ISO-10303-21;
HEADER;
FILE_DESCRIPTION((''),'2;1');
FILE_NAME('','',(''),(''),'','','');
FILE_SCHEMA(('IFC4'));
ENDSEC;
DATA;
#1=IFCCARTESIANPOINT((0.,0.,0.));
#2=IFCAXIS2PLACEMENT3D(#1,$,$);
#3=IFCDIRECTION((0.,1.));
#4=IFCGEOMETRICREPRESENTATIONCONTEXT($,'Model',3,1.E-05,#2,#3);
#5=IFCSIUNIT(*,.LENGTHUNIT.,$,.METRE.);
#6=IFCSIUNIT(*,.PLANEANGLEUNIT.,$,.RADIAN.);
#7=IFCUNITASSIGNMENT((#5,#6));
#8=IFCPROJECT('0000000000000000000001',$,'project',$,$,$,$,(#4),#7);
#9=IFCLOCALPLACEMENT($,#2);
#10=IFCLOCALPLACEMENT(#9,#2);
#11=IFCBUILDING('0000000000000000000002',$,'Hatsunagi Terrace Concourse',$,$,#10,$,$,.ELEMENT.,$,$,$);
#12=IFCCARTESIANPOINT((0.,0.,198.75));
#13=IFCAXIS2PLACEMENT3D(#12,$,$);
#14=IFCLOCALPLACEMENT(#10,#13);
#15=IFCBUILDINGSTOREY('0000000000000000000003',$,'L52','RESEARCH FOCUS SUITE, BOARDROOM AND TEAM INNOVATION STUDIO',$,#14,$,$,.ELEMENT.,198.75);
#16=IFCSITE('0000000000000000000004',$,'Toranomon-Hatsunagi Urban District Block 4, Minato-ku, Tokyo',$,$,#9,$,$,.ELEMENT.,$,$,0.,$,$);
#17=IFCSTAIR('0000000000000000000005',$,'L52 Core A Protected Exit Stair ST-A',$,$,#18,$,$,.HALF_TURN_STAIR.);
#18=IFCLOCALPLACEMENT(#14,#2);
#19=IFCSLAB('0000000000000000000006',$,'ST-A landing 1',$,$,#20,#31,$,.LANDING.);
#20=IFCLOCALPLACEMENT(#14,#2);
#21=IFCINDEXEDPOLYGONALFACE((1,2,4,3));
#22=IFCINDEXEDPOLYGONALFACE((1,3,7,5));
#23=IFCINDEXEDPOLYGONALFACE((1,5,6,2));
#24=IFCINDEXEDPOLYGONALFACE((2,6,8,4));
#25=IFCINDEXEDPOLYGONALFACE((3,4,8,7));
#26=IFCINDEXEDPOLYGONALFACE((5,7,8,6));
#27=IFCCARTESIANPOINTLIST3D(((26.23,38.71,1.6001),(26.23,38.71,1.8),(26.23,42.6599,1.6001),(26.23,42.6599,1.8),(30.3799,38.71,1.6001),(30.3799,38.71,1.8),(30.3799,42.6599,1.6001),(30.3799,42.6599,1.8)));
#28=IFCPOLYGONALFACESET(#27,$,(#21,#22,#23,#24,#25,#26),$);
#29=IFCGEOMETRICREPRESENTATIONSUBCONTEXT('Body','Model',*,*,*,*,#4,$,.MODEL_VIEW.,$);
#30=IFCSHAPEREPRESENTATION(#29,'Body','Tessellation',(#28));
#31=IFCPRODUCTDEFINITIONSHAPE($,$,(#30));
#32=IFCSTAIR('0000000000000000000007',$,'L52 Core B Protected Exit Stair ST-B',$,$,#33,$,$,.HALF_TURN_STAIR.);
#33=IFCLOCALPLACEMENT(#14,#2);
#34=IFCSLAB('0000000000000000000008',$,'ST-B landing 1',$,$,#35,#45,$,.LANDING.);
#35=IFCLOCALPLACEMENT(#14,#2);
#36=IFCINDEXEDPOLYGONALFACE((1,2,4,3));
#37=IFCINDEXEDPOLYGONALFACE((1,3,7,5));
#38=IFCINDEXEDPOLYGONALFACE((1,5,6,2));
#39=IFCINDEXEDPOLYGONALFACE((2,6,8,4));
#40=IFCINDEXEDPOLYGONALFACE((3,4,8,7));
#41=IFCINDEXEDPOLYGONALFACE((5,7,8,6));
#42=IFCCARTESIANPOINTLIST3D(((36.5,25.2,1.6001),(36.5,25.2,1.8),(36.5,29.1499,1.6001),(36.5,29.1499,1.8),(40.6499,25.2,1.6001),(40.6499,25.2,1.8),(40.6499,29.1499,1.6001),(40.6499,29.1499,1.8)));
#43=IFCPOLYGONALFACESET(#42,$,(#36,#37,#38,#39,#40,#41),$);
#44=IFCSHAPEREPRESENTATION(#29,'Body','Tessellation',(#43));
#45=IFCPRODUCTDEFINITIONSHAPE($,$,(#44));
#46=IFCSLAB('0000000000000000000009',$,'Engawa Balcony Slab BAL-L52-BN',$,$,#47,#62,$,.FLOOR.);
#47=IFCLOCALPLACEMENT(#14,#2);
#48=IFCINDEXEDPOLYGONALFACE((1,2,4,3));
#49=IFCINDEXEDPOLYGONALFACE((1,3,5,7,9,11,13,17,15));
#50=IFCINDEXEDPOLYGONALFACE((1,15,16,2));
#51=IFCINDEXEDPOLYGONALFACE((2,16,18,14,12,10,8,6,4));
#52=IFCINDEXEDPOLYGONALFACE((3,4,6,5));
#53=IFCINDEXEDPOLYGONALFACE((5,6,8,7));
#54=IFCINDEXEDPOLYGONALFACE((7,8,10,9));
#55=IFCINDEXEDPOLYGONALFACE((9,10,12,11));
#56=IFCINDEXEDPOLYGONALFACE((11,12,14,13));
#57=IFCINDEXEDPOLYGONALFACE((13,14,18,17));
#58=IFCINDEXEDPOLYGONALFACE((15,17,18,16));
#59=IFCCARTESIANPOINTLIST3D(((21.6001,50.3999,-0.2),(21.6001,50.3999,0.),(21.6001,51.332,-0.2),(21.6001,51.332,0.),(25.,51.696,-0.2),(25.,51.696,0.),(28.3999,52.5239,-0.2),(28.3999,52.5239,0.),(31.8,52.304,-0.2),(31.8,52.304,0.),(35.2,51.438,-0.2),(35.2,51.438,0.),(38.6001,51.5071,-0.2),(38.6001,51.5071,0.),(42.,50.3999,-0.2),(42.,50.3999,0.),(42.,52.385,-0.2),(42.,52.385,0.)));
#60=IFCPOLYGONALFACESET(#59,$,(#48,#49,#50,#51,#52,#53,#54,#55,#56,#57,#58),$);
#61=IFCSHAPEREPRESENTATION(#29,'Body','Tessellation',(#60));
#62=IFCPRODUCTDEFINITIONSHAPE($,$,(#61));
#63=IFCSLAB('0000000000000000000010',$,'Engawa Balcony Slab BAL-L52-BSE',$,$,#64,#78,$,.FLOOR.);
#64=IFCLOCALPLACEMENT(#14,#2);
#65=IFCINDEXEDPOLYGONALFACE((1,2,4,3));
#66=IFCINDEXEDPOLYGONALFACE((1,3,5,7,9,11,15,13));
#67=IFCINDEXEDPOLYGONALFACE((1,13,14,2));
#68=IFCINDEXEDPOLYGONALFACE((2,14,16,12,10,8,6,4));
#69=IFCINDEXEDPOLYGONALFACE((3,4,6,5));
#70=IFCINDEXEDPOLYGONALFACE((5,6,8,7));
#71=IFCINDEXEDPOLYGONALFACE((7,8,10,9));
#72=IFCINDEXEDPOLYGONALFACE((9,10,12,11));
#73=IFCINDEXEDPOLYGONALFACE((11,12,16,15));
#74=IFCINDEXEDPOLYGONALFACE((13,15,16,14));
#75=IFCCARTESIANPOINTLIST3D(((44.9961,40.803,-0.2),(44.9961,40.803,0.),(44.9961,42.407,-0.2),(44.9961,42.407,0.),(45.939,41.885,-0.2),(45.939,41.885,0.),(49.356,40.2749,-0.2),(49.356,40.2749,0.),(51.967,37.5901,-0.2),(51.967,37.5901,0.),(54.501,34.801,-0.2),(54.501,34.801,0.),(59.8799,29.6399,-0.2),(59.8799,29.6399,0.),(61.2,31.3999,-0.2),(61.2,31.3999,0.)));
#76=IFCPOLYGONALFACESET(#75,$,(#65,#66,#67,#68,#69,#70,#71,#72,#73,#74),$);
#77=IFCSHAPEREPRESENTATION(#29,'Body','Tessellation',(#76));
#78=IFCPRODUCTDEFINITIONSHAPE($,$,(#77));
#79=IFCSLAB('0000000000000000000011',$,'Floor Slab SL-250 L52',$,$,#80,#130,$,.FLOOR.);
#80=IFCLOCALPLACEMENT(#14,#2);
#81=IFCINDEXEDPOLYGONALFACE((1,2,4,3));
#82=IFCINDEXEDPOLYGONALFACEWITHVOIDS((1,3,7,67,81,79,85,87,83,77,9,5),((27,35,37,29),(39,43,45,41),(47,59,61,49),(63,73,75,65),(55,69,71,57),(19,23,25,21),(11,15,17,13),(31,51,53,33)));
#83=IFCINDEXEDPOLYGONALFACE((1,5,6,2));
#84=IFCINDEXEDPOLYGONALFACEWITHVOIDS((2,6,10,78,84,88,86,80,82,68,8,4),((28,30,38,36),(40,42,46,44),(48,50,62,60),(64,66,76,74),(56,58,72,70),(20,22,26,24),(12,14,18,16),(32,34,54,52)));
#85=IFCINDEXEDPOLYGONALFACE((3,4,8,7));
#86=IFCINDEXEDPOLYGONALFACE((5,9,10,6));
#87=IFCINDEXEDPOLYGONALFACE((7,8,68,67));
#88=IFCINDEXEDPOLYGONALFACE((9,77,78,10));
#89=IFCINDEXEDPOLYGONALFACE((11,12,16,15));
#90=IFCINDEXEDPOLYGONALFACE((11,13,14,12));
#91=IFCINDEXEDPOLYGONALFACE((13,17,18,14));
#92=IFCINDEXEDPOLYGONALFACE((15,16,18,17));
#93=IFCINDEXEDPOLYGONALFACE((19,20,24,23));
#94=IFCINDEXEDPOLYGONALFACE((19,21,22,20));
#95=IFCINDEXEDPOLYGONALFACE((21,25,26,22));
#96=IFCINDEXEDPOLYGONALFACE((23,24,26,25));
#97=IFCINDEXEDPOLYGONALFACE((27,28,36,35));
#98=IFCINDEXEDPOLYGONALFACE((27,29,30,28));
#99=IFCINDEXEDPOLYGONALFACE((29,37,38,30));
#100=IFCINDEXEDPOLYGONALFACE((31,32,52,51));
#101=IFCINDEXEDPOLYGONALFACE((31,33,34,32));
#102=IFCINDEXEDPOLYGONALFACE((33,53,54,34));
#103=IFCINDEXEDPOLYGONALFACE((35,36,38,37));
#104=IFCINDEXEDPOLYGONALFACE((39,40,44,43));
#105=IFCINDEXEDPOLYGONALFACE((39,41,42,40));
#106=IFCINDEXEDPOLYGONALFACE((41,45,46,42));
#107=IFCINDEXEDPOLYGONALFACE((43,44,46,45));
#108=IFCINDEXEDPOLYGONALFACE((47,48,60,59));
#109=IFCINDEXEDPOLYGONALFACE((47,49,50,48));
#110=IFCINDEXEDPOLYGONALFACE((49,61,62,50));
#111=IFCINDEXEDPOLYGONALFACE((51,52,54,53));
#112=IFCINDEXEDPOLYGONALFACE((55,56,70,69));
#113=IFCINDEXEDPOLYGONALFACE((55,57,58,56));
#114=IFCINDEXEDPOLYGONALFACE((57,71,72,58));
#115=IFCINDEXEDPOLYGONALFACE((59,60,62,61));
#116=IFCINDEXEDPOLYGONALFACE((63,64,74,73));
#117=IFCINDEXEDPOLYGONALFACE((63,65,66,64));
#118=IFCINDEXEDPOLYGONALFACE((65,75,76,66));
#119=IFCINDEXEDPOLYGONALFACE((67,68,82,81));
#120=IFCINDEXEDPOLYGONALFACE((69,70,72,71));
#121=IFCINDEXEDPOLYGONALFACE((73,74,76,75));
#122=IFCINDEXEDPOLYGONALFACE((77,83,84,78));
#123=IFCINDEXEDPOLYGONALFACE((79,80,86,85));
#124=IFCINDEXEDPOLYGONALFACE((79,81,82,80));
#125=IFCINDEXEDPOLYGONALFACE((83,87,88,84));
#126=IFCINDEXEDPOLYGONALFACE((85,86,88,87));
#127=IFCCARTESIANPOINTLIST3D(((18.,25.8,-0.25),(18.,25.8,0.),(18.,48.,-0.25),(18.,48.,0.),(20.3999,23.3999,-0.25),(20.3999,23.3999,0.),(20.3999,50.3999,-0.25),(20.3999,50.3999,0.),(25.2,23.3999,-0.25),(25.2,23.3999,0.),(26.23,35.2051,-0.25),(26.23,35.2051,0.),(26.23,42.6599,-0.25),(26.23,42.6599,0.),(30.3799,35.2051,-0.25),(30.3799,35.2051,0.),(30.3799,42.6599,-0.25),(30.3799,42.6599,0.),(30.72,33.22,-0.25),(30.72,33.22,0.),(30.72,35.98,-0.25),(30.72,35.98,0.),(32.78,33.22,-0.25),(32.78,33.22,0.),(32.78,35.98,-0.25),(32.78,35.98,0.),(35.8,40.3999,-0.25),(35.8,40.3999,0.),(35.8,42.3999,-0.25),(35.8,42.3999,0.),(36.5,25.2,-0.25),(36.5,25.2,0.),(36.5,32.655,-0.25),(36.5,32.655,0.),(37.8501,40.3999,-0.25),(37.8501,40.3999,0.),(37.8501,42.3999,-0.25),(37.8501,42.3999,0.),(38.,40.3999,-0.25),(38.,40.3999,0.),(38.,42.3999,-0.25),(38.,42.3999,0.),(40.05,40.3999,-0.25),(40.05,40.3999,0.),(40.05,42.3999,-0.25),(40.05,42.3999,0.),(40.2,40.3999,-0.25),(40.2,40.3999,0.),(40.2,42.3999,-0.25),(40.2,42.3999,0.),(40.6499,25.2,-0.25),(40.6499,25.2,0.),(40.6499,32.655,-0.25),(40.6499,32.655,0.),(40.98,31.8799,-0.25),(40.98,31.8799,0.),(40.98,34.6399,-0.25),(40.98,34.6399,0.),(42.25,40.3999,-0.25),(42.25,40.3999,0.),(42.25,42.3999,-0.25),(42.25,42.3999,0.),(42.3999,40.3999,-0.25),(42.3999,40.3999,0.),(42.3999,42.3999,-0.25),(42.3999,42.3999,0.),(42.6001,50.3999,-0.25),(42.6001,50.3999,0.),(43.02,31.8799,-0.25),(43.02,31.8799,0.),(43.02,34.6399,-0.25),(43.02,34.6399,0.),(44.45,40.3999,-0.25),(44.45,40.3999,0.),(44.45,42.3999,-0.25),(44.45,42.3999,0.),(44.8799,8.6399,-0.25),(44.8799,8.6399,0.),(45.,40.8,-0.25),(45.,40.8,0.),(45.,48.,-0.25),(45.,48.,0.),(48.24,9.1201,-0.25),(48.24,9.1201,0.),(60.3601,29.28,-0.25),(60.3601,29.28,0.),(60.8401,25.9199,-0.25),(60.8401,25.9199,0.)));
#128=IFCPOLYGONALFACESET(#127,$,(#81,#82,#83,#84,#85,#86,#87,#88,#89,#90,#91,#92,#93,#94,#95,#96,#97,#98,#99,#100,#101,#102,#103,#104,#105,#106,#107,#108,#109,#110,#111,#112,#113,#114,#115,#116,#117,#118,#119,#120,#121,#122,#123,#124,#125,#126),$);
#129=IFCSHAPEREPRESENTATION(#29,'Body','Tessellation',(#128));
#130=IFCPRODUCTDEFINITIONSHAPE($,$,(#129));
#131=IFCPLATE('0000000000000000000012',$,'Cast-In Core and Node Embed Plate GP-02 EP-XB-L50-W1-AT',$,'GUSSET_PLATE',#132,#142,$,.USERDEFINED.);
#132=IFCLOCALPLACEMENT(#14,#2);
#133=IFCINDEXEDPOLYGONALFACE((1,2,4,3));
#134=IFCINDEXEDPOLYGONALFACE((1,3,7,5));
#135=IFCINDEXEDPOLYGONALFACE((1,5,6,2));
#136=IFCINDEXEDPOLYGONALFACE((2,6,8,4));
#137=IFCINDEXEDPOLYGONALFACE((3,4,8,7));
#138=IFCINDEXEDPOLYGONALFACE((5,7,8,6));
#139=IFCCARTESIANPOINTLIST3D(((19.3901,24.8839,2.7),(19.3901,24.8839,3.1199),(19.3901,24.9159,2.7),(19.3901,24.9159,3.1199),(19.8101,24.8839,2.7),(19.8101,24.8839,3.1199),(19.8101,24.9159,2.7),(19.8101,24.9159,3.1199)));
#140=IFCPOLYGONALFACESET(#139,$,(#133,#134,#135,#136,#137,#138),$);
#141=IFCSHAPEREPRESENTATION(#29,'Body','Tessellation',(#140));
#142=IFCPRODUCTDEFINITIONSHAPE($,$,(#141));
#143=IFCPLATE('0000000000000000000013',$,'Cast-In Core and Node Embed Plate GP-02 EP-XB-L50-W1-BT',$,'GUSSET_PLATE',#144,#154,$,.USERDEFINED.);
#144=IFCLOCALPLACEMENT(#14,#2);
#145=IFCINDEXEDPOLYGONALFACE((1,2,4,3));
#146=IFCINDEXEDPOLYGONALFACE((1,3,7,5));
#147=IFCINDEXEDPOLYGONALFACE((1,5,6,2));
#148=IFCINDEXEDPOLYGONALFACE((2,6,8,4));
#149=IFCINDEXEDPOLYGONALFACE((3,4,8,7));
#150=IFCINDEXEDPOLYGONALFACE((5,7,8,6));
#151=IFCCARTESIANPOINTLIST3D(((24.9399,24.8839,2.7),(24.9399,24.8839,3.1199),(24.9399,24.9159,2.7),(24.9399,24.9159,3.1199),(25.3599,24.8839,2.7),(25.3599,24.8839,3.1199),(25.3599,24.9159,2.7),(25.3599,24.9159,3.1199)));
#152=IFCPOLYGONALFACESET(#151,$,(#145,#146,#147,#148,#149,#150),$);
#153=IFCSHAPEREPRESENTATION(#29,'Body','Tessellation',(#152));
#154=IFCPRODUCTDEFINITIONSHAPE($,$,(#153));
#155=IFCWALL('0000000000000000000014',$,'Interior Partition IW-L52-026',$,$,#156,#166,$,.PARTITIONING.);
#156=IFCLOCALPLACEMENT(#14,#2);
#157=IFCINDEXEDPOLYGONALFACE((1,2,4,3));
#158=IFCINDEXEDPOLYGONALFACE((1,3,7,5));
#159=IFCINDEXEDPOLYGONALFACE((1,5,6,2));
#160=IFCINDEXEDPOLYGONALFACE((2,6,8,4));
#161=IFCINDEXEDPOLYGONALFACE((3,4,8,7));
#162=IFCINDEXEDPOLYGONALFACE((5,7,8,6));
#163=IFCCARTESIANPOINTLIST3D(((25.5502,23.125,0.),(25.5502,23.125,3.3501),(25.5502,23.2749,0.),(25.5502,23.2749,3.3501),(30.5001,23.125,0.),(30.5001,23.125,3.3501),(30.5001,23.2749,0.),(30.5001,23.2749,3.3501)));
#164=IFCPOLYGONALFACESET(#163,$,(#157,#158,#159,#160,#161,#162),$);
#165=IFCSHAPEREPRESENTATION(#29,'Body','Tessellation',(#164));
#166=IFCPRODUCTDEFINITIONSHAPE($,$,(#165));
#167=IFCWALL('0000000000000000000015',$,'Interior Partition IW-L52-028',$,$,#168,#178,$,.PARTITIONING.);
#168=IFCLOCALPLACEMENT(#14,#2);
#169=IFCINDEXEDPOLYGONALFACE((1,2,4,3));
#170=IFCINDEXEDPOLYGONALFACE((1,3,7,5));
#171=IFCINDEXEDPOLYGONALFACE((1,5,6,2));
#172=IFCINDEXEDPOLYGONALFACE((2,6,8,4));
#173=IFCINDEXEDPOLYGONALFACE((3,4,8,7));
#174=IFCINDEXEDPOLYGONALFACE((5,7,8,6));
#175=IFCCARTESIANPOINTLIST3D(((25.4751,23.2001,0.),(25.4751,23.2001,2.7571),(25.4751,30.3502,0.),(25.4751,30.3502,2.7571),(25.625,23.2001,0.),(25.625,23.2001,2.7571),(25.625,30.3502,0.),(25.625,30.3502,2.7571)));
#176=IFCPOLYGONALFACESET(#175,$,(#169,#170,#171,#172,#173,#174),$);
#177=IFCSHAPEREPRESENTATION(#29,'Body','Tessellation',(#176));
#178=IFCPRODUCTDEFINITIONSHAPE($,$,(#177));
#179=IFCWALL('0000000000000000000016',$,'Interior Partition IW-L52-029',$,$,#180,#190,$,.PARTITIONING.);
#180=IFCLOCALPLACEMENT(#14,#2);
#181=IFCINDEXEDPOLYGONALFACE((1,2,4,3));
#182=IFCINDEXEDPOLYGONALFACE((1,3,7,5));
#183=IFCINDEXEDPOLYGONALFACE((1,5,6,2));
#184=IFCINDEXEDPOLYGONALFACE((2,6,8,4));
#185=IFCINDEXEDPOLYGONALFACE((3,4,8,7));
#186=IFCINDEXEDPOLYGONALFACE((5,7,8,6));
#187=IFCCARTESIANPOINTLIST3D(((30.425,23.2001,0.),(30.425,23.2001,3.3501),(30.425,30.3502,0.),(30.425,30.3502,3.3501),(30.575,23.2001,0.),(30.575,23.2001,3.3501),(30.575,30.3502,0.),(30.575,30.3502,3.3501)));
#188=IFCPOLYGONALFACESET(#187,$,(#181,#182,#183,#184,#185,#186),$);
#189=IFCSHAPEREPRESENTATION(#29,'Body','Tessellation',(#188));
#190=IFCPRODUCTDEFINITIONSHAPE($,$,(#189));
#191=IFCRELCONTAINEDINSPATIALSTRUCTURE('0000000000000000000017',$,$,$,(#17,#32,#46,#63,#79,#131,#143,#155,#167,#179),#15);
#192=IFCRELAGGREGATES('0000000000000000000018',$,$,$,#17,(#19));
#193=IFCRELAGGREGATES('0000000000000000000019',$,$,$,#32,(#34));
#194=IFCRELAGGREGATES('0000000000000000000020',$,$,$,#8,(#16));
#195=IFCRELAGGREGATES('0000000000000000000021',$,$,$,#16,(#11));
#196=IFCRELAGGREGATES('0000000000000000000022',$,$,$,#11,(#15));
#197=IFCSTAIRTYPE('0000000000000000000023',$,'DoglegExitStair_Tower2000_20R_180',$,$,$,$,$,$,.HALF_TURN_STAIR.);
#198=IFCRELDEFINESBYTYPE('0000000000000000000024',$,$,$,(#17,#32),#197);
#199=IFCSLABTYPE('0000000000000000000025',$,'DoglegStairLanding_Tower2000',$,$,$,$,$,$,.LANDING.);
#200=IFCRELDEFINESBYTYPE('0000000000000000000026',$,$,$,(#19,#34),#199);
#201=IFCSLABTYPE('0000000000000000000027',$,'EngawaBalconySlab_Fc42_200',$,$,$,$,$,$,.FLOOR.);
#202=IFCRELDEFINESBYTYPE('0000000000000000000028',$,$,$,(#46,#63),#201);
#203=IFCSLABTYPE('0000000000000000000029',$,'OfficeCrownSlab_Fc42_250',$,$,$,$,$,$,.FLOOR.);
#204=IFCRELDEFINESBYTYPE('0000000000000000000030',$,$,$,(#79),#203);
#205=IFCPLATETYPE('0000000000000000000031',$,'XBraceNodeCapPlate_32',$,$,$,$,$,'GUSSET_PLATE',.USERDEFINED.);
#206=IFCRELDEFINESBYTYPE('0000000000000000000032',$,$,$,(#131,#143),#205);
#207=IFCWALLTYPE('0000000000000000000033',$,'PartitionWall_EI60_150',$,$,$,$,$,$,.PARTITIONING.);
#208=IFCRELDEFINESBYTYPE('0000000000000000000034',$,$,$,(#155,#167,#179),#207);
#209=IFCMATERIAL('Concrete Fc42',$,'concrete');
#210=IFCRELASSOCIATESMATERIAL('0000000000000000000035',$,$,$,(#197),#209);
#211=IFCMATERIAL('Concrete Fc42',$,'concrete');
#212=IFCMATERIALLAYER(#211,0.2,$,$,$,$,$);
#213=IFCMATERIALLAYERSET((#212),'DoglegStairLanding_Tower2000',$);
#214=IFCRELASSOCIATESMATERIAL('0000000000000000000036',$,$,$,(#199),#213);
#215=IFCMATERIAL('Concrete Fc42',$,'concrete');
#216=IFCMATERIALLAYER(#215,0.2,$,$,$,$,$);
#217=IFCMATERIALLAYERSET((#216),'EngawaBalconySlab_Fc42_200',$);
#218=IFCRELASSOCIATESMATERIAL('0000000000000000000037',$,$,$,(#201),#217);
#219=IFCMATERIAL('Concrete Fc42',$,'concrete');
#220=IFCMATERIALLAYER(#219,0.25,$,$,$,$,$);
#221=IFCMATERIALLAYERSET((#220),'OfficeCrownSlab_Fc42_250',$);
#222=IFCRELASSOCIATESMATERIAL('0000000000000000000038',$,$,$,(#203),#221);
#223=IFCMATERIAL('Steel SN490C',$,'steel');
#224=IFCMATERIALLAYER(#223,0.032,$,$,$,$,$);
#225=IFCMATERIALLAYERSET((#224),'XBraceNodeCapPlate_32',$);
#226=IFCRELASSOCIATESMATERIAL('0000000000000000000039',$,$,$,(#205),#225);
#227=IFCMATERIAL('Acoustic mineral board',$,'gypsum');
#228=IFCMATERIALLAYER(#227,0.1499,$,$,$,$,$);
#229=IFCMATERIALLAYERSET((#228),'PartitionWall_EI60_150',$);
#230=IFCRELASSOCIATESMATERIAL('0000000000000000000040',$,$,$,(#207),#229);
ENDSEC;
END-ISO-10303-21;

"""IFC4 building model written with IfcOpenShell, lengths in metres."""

from ifc_helpers import new_model, si_unit, direction, frame, frame_2d, origin, origin_2d, place, context, subcontext, project, spatial, polyline, rectangle, outline, extrude, material, layer, layer_set, type_object, element, aggregate, save


model = new_model("IFC4")

# Units and contexts
model_context = context("Model", 3, precision=1e-05, world=origin(), true_north=direction((0.0, 1.0)))
body_context = subcontext(model_context, "Body", "Model", "MODEL_VIEW")
ifc_project = project(units=[si_unit("LENGTHUNIT", "METRE"), si_unit("PLANEANGLEUNIT", "RADIAN")], contexts=[model_context])

# Site, building, storey
site_placement = place(None, origin())
site = spatial("IfcSite", under=ifc_project, at=site_placement, Name="Toranomon-Hatsunagi Urban District Block 4, Minato-ku, Tokyo", CompositionType="ELEMENT", RefElevation=0.0)
building_placement = place(site_placement, origin())
building = spatial("IfcBuilding", under=site, at=building_placement, Name="Hatsunagi Terrace Concourse", CompositionType="ELEMENT")
storey_placement = place(building_placement, frame((0.0, 0.0, 198.75)))
storey = spatial("IfcBuildingStorey", under=building, at=storey_placement, Name="L52", Description="RESEARCH FOCUS SUITE, BOARDROOM AND TEAM INNOVATION STUDIO", CompositionType="ELEMENT", Elevation=198.75)

# Stairs, slabs
ifc_material_1 = material(Name="Concrete Fc42", Category="concrete")
stair_type = type_object("IfcStairType", Name="DoglegExitStair_Tower2000_20R_180", PredefinedType="HALF_TURN_STAIR", material=ifc_material_1)
stair_1_placement = place(storey_placement, origin())
stair_1 = element("IfcStair", 1, at=stair_1_placement, inside=storey, type_object=stair_type, Name="L52 Core A Protected Exit Stair ST-A", PredefinedType="HALF_TURN_STAIR")
ifc_material_2 = material(Name="Concrete Fc42", Category="concrete")
ifc_layer_1 = layer(ifc_material_2, 0.2)
ifc_layer_set_1 = layer_set([ifc_layer_1], Name="DoglegStairLanding_Tower2000")
slab_type_1 = type_object("IfcSlabType", Name="DoglegStairLanding_Tower2000", PredefinedType="LANDING", material=ifc_layer_set_1)
slab_1_placement = place(storey_placement, frame((0.0, 0.0, 1.6001)))
slab_1 = element("IfcSlab", 2, at=slab_1_placement, type_object=slab_type_1, Name="ST-A landing 1", PredefinedType="LANDING", context=body_context, shape_type="SweptSolid", body=[
    extrude(outline(polyline([(30.3799, 38.71), (30.3799, 42.6599), (26.23, 42.6599), (26.23, 38.71), (30.3799, 38.71)])), origin(), (0.0, 0.0, 1.0), 0.2),
])
aggregate(stair_1, [slab_1])
stair_2_placement = place(storey_placement, origin())
stair_2 = element("IfcStair", 3, at=stair_2_placement, inside=storey, type_object=stair_type, Name="L52 Core B Protected Exit Stair ST-B", PredefinedType="HALF_TURN_STAIR")
slab_2_placement = place(storey_placement, frame((0.0, 0.0, 1.6001)))
slab_2 = element("IfcSlab", 4, at=slab_2_placement, type_object=slab_type_1, Name="ST-B landing 1", PredefinedType="LANDING", context=body_context, shape_type="SweptSolid", body=[
    extrude(outline(polyline([(36.5, 29.1499), (36.5, 25.2), (40.6499, 25.2), (40.6499, 29.1499), (36.5, 29.1499)])), origin(), (0.0, 0.0, 1.0), 0.2),
])
aggregate(stair_2, [slab_2])

# Slabs
ifc_material_3 = material(Name="Concrete Fc42", Category="concrete")
ifc_layer_2 = layer(ifc_material_3, 0.2)
ifc_layer_set_2 = layer_set([ifc_layer_2], Name="EngawaBalconySlab_Fc42_200")
slab_type_2 = type_object("IfcSlabType", Name="EngawaBalconySlab_Fc42_200", PredefinedType="FLOOR", material=ifc_layer_set_2)
slab_3_placement = place(storey_placement, frame((0.0, 0.0, -0.2)))
element("IfcSlab", 5, at=slab_3_placement, inside=storey, type_object=slab_type_2, Name="Engawa Balcony Slab BAL-L52-BN", PredefinedType="FLOOR", context=body_context, shape_type="SweptSolid", body=[
    extrude(outline(polyline([(21.6001, 51.332), (21.6001, 50.3999), (42.0, 50.3999), (42.0, 52.385), (38.6001, 51.5071), (35.2, 51.438), (31.8, 52.304), (28.3999, 52.5239), (25.0, 51.696), (21.6001, 51.332)])), origin(), (0.0, 0.0, 1.0), 0.2),
])
slab_4_placement = place(storey_placement, frame((0.0, 0.0, -0.2)))
element("IfcSlab", 6, at=slab_4_placement, inside=storey, type_object=slab_type_2, Name="Engawa Balcony Slab BAL-L52-BSE", PredefinedType="FLOOR", context=body_context, shape_type="SweptSolid", body=[
    extrude(outline(polyline([(45.939, 41.885), (44.9961, 42.407), (44.9961, 40.803), (59.8799, 29.6399), (61.2, 31.3999), (54.501, 34.801), (51.967, 37.5901), (49.356, 40.2749), (45.939, 41.885)])), origin(), (0.0, 0.0, 1.0), 0.2),
])
ifc_material_4 = material(Name="Concrete Fc42", Category="concrete")
ifc_layer_3 = layer(ifc_material_4, 0.25)
ifc_layer_set_3 = layer_set([ifc_layer_3], Name="OfficeCrownSlab_Fc42_250")
slab_type_3 = type_object("IfcSlabType", Name="OfficeCrownSlab_Fc42_250", PredefinedType="FLOOR", material=ifc_layer_set_3)
slab_5_placement = place(storey_placement, frame((0.0, 0.0, -0.25)))
element("IfcSlab", 7, at=slab_5_placement, inside=storey, type_object=slab_type_3, Name="Floor Slab SL-250 L52", PredefinedType="FLOOR", context=body_context, shape_type="SweptSolid", body=[
    extrude(outline(polyline([(45.0, 40.8), (45.0, 48.0), (42.6001, 50.3999), (20.3999, 50.3999), (18.0, 48.0), (18.0, 25.8), (20.3999, 23.3999), (25.2, 23.3999), (44.8799, 8.6399), (48.24, 9.1201), (60.8401, 25.9199), (60.3601, 29.28), (45.0, 40.8)]), holes=[polyline([(26.23, 35.2051), (30.3799, 35.2051), (30.3799, 42.6599), (26.23, 42.6599), (26.23, 35.2051)]), polyline([(36.5, 25.2), (40.6499, 25.2), (40.6499, 32.655), (36.5, 32.655), (36.5, 25.2)]), polyline([(30.72, 33.22), (32.78, 33.22), (32.78, 35.98), (30.72, 35.98), (30.72, 33.22)]), polyline([(40.98, 31.8799), (43.02, 31.8799), (43.02, 34.6399), (40.98, 34.6399), (40.98, 31.8799)]), polyline([(35.8, 40.3999), (37.8501, 40.3999), (37.8501, 42.3999), (35.8, 42.3999), (35.8, 40.3999)]), polyline([(38.0, 40.3999), (40.05, 40.3999), (40.05, 42.3999), (38.0, 42.3999), (38.0, 40.3999)]), polyline([(40.2, 40.3999), (42.25, 40.3999), (42.25, 42.3999), (40.2, 42.3999), (40.2, 40.3999)]), polyline([(42.3999, 40.3999), (44.45, 40.3999), (44.45, 42.3999), (42.3999, 42.3999), (42.3999, 40.3999)])]), origin(), (0.0, 0.0, 1.0), 0.25),
])

# Plates
ifc_material_5 = material(Name="Steel SN490C", Category="steel")
ifc_layer_4 = layer(ifc_material_5, 0.032)
ifc_layer_set_4 = layer_set([ifc_layer_4], Name="XBraceNodeCapPlate_32")
plate_type = type_object("IfcPlateType", Name="XBraceNodeCapPlate_32", ElementType="GUSSET_PLATE", PredefinedType="USERDEFINED", material=ifc_layer_set_4)
for number, where, z_axis, x_axis, name in (
    (8, (19.6001, 24.8999, 2.7), (0.0, 0.0, 1.0), (1.0, 0.0, 0.0), "Cast-In Core and Node Embed Plate GP-02 EP-XB-L50-W1-AT"),
    (9, (25.1499, 24.8999, 2.7), (0.0, 0.0, 1.0), (1.0, 0.0, 0.0), "Cast-In Core and Node Embed Plate GP-02 EP-XB-L50-W1-BT"),
):
    element("IfcPlate", number, at=place(storey_placement, frame(where, z_axis=z_axis, x_axis=x_axis)), inside=storey, type_object=plate_type, Name=name, ObjectType="GUSSET_PLATE", PredefinedType="USERDEFINED", context=body_context, shape_type="SweptSolid", body=[
        extrude(rectangle(XDim=0.4199, YDim=0.032, at=origin_2d()), origin(), (0.0, 0.0, 1.0), 0.4199),
    ])

# Walls
ifc_material_6 = material(Name="Acoustic mineral board", Category="gypsum")
ifc_layer_5 = layer(ifc_material_6, 0.1499)
ifc_layer_set_5 = layer_set([ifc_layer_5], Name="PartitionWall_EI60_150")
wall_type_1 = type_object("IfcWallType", Name="PartitionWall_EI60_150", PredefinedType="PARTITIONING", material=ifc_layer_set_5)
wall_1_placement = place(storey_placement, frame((25.55, 23.2, 0.0), z_axis=(0.0, 0.0, 1.0), x_axis=(1.0, 0.0, 0.0)))
element("IfcWall", 10, at=wall_1_placement, inside=storey, type_object=wall_type_1, Name="Interior Partition IW-L52-026", PredefinedType="PARTITIONING", context=body_context, shape_type="SweptSolid", body=[
    extrude(rectangle(XDim=4.95, YDim=0.1499, at=frame_2d((2.4751, 0.0))), origin(), (0.0, 0.0, 1.0), 3.3501),
])
wall_2_placement = place(storey_placement, frame((25.55, 23.2, 0.0), z_axis=(0.0, 0.0, 1.0), x_axis=(0.0, 1.0, 0.0)))
element("IfcWall", 11, at=wall_2_placement, inside=storey, type_object=wall_type_1, Name="Interior Partition IW-L52-028", PredefinedType="PARTITIONING", context=body_context, shape_type="SweptSolid", body=[
    extrude(rectangle(XDim=7.1501, YDim=0.1499, at=frame_2d((3.5752, 0.0))), origin(), (0.0, 0.0, 1.0), 2.7571),
])
wall_3_placement = place(storey_placement, frame((30.5, 23.2, 0.0), z_axis=(0.0, 0.0, 1.0), x_axis=(0.0, 1.0, 0.0)))
element("IfcWall", 12, at=wall_3_placement, inside=storey, type_object=wall_type_1, Name="Interior Partition IW-L52-029", PredefinedType="PARTITIONING", context=body_context, shape_type="SweptSolid", body=[
    extrude(rectangle(XDim=7.1501, YDim=0.1499, at=frame_2d((3.5752, 0.0))), origin(), (0.0, 0.0, 1.0), 3.3501),
])

save(model, "model.ifc")
